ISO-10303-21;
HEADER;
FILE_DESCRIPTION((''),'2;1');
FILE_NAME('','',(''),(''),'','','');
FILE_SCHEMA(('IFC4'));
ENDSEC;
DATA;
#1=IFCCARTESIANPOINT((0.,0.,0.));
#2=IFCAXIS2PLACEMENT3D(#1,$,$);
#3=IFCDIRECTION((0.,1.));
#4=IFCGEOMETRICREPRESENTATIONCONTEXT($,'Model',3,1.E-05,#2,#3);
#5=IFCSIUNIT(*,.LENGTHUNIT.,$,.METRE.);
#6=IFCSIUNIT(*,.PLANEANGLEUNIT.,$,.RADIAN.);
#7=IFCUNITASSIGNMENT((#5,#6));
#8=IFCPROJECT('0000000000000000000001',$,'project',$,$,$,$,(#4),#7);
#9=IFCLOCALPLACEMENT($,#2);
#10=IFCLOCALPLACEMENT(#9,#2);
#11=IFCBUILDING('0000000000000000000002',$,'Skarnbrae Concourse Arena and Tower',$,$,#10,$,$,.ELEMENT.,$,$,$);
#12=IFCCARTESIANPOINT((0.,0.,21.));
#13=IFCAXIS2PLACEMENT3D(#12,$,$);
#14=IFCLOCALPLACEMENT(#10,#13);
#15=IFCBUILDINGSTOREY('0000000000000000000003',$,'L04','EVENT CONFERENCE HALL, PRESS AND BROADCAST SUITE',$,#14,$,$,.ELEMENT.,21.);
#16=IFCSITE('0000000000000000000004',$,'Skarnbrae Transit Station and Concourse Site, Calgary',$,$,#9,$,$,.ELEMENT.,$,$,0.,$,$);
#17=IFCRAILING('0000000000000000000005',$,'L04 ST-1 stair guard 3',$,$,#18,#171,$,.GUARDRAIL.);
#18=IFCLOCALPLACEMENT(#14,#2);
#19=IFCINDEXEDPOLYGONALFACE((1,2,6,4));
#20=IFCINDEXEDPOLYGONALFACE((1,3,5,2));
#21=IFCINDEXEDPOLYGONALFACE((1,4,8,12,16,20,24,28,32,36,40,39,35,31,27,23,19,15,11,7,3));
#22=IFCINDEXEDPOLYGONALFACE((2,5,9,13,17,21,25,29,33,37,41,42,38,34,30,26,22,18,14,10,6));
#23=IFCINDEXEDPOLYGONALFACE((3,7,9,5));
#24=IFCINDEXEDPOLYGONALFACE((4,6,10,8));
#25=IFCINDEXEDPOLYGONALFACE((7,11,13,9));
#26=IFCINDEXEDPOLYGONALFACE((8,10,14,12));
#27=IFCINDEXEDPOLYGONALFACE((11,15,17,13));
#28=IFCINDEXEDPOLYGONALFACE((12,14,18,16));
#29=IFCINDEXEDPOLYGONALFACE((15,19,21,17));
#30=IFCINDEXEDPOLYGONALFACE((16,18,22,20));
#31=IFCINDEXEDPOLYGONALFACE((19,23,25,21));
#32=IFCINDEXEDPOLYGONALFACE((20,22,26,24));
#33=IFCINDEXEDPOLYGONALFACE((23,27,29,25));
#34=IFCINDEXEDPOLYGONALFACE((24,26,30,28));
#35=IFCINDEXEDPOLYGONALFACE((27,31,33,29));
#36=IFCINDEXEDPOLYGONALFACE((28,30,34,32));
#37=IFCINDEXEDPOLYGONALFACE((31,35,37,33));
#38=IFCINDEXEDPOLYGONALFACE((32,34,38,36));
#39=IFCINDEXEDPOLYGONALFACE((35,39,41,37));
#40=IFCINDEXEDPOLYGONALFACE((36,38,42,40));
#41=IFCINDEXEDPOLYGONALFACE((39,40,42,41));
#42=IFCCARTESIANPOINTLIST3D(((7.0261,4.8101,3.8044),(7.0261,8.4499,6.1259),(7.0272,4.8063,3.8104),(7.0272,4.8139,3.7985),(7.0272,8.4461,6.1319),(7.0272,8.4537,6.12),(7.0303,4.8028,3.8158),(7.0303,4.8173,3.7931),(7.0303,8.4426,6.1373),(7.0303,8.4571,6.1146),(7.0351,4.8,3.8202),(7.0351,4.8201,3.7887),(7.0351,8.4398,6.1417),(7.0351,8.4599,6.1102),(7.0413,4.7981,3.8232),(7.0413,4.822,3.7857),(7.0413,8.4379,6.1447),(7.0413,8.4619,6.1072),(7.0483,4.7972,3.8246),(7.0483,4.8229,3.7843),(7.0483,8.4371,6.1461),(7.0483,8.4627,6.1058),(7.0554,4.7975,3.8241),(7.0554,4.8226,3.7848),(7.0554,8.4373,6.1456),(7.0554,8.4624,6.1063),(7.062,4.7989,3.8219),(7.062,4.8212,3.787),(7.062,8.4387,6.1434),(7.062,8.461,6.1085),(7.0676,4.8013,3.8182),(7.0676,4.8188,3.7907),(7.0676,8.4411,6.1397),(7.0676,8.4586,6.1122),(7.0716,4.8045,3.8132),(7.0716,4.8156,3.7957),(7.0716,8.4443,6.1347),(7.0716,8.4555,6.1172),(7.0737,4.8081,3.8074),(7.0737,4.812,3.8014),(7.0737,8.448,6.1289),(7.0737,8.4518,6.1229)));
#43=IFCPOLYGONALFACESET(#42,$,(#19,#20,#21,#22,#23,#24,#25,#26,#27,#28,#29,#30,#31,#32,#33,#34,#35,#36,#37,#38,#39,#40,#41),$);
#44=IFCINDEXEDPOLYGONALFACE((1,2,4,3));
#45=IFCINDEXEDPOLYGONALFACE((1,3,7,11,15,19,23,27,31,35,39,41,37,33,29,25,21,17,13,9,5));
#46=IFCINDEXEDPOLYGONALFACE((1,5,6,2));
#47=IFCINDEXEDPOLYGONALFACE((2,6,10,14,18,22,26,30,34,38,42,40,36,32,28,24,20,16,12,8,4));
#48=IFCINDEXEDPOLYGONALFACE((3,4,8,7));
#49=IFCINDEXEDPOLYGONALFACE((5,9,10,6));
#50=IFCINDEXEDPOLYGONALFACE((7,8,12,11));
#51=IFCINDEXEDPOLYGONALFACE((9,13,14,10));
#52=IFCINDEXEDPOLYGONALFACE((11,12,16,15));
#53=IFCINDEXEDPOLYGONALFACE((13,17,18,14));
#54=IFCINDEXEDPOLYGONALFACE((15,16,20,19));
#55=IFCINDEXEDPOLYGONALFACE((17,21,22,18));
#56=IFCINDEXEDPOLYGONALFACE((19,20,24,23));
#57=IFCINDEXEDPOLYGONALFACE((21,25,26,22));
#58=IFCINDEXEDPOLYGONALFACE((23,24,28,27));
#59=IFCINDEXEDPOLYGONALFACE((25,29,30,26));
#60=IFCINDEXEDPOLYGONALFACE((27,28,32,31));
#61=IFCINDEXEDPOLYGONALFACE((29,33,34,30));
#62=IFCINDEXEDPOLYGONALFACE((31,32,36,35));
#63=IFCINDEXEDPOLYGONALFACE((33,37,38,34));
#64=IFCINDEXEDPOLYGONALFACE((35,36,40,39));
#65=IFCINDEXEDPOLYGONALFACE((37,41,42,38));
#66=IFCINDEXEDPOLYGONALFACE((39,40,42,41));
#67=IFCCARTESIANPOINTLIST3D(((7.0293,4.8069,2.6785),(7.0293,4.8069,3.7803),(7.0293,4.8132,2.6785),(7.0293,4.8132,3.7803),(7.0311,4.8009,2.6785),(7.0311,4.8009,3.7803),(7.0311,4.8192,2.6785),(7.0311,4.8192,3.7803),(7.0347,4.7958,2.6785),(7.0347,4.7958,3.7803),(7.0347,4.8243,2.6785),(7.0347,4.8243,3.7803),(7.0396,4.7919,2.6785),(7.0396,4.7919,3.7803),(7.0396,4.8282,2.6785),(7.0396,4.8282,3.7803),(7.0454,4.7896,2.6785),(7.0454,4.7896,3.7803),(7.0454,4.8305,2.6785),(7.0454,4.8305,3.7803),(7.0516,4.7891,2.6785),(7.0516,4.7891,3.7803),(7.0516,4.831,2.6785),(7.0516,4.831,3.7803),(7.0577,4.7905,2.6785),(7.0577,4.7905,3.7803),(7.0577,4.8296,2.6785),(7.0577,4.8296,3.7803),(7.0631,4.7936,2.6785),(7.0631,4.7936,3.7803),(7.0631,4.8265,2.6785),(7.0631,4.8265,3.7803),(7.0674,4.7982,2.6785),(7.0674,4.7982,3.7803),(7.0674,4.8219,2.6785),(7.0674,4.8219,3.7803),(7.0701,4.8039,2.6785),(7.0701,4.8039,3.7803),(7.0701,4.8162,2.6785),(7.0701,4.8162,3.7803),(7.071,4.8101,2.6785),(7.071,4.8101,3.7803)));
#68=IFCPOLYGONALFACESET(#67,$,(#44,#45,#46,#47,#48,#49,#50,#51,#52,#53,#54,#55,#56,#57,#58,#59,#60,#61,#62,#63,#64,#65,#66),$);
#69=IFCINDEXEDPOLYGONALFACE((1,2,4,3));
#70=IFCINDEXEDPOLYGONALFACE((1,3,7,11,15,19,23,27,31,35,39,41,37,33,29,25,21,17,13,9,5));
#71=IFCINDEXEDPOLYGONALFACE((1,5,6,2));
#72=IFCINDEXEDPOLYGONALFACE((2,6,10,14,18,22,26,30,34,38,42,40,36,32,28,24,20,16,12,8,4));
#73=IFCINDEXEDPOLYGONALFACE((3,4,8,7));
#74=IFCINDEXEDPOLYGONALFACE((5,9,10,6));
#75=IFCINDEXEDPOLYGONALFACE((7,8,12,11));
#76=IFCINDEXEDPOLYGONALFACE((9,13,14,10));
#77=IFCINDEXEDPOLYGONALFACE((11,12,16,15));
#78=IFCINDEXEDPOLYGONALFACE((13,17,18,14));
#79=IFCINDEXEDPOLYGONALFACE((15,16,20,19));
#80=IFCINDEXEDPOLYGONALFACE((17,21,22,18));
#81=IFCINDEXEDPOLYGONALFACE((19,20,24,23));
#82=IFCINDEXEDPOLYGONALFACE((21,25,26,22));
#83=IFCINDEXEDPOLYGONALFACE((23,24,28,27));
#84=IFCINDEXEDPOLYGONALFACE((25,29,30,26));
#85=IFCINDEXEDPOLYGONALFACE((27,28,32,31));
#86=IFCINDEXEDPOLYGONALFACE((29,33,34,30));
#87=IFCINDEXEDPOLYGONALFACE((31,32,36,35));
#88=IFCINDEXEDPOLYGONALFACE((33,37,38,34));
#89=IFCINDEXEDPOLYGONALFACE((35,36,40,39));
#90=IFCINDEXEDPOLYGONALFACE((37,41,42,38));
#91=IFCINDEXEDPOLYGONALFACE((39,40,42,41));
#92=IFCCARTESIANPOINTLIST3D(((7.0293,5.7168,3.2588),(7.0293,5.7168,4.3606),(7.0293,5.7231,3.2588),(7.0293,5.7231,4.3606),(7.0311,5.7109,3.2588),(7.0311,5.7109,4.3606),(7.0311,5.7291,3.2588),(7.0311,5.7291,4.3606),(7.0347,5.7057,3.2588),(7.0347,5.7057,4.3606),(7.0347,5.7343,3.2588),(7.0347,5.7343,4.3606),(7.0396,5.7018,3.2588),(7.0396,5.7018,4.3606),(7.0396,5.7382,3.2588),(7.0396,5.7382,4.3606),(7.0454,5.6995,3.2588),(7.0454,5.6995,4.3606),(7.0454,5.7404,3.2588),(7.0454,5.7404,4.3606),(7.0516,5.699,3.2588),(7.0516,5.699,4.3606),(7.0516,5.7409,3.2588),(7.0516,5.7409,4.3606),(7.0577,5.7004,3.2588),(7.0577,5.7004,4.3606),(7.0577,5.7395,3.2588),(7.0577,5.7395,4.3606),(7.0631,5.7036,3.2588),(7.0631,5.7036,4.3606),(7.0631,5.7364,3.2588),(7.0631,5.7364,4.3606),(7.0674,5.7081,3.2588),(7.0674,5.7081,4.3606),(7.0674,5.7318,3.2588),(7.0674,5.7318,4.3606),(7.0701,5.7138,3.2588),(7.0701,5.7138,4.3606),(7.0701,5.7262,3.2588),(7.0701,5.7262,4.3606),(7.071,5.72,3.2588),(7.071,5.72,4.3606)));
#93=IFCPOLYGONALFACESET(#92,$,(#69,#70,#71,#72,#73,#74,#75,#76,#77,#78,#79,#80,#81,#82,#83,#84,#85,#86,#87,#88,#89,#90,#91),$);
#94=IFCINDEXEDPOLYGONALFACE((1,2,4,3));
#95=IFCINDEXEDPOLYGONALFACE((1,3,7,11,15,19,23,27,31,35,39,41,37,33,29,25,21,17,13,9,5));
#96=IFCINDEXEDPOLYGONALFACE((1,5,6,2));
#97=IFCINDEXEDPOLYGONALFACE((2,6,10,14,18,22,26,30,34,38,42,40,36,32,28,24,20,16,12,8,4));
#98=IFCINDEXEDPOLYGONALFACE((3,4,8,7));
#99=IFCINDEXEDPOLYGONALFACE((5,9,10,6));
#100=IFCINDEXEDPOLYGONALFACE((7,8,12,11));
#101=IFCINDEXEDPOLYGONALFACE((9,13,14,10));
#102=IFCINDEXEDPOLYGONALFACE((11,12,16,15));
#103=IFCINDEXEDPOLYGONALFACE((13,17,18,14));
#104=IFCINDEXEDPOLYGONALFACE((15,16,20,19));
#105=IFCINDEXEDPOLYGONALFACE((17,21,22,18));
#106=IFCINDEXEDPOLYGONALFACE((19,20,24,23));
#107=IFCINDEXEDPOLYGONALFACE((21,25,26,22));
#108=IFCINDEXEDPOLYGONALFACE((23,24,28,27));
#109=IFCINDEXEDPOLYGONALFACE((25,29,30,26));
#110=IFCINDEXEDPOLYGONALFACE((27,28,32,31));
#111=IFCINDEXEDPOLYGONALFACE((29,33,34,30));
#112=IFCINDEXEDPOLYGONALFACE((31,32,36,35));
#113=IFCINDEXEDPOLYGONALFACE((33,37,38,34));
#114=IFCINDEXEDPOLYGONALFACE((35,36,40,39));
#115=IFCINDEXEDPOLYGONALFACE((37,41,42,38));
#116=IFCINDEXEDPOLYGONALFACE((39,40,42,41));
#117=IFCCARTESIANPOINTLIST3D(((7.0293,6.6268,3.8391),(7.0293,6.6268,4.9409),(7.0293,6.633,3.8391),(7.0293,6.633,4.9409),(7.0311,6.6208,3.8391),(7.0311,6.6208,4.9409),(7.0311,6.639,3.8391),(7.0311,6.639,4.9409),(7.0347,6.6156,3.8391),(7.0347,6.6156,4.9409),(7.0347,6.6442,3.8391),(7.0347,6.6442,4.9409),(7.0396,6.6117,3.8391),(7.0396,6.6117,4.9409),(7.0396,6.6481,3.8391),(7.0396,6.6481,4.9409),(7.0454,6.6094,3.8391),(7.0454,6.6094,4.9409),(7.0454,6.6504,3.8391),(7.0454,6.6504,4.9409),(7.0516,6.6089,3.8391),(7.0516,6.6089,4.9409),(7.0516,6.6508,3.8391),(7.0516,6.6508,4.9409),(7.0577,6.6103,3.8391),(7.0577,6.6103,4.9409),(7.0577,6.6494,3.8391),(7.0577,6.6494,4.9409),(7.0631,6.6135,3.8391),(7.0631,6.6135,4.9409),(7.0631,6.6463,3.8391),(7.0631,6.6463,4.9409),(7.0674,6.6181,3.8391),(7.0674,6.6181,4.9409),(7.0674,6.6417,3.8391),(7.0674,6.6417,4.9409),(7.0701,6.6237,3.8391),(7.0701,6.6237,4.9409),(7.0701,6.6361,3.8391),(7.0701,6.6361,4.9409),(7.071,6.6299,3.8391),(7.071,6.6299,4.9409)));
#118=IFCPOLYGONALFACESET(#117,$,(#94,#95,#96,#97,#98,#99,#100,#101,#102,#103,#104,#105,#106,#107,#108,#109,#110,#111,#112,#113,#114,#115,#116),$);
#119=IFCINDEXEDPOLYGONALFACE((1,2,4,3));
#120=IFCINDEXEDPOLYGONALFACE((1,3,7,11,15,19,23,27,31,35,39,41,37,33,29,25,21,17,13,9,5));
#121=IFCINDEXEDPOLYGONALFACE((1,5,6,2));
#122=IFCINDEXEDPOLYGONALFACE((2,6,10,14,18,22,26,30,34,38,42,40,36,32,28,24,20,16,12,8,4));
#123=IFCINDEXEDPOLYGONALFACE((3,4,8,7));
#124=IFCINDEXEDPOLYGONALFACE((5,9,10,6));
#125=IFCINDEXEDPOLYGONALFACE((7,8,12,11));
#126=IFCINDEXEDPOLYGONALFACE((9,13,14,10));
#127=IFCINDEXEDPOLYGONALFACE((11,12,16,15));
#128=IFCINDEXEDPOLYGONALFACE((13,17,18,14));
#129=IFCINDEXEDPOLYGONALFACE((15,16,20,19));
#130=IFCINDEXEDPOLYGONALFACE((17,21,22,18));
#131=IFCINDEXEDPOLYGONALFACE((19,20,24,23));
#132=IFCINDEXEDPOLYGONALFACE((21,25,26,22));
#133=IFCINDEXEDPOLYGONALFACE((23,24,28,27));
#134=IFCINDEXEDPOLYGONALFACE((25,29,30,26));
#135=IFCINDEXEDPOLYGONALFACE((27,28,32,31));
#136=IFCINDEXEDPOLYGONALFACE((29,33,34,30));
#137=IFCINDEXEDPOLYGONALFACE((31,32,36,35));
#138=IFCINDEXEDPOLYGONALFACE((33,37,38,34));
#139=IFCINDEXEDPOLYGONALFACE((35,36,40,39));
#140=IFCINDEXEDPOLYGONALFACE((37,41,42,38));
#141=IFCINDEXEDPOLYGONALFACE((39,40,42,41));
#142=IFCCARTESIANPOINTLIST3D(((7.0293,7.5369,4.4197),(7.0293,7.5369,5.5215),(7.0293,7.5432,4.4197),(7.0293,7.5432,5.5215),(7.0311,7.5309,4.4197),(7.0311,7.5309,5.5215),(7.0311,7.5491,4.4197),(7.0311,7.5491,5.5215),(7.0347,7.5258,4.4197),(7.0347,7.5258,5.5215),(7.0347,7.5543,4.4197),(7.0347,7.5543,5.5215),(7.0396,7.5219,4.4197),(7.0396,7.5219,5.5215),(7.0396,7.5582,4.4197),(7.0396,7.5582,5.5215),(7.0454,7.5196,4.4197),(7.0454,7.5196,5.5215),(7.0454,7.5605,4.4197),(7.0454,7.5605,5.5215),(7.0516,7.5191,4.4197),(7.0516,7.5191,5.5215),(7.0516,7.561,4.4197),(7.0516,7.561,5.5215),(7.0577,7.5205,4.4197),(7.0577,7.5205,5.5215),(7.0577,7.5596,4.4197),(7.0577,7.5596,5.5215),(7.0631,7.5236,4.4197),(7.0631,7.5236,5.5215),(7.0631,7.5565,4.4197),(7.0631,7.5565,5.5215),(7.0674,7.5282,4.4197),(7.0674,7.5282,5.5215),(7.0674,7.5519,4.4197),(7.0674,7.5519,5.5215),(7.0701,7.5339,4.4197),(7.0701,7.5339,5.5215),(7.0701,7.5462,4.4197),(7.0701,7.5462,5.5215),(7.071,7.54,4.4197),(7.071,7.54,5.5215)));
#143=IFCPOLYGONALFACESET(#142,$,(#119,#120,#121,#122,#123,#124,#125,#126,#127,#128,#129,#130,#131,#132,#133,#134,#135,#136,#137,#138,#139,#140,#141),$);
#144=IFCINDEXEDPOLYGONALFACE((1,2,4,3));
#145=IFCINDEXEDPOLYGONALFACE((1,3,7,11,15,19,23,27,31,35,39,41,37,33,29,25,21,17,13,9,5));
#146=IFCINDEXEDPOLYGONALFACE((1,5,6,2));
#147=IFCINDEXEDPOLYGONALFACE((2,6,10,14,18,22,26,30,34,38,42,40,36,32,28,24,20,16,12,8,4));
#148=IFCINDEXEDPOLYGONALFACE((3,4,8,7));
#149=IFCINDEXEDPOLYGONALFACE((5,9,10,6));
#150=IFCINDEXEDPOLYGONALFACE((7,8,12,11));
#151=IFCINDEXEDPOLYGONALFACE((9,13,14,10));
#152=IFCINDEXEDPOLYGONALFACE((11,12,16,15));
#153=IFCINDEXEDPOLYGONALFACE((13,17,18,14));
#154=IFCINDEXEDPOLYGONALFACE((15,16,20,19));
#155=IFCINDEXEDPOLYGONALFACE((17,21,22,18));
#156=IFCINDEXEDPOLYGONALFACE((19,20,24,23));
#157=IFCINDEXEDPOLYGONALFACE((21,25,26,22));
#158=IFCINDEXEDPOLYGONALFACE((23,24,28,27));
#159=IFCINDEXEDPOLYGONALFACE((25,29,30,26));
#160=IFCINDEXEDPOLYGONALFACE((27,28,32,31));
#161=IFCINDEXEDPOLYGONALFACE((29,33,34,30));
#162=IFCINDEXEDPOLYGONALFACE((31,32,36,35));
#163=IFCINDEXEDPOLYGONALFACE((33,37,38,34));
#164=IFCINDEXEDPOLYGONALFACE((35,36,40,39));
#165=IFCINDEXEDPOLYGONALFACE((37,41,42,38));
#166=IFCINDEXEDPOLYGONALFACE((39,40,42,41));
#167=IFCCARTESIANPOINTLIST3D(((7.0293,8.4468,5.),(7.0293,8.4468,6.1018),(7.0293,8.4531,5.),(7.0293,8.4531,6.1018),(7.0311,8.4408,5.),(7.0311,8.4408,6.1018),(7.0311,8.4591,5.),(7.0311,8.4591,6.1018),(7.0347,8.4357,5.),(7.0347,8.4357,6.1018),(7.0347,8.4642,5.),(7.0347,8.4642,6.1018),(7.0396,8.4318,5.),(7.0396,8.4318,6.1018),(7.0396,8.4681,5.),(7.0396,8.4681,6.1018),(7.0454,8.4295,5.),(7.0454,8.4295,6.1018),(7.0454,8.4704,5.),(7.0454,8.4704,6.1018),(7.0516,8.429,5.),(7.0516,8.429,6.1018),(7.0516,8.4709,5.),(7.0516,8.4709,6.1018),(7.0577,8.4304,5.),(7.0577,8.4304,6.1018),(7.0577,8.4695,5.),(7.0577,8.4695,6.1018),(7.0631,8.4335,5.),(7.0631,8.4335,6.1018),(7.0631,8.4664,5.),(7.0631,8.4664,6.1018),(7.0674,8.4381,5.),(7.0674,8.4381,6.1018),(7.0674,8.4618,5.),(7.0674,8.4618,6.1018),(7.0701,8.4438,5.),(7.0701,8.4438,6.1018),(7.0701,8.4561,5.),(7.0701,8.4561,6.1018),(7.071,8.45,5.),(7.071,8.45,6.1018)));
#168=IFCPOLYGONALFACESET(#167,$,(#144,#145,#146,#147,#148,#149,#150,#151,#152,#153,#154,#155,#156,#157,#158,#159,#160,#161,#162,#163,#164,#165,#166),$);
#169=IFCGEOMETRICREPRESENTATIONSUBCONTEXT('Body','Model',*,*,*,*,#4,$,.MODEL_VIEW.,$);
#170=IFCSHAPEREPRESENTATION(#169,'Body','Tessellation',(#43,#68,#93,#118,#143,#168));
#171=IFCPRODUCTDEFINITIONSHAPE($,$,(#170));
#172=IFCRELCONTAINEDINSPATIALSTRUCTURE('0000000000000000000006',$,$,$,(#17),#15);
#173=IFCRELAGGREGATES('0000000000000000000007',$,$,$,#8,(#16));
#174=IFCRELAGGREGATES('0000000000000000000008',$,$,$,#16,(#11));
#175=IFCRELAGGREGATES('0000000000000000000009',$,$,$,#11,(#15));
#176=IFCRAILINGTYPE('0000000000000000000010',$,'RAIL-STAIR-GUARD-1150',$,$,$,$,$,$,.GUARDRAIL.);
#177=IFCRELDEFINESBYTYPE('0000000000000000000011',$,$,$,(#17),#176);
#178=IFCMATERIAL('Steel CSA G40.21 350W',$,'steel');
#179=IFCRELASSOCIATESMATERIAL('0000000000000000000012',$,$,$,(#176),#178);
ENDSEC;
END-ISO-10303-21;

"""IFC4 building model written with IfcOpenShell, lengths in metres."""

from ifc_helpers import new_model, si_unit, direction, frame, origin, origin_2d, place, context, subcontext, project, spatial, circle, extrude, material, type_object, element, save


model = new_model("IFC4")

# Units and contexts
model_context = context("Model", 3, precision=1e-05, world=origin(), true_north=direction((0.0, 1.0)))
body_context = subcontext(model_context, "Body", "Model", "MODEL_VIEW")
ifc_project = project(units=[si_unit("LENGTHUNIT", "METRE"), si_unit("PLANEANGLEUNIT", "RADIAN")], contexts=[model_context])

# Site, building, storey
site_placement = place(None, origin())
site = spatial("IfcSite", under=ifc_project, at=site_placement, Name="Skarnbrae Transit Station and Concourse Site, Calgary", CompositionType="ELEMENT", RefElevation=0.0)
building_placement = place(site_placement, origin())
building = spatial("IfcBuilding", under=site, at=building_placement, Name="Skarnbrae Concourse Arena and Tower", CompositionType="ELEMENT")
storey_placement = place(building_placement, frame((0.0, 0.0, 21.0)))
storey = spatial("IfcBuildingStorey", under=building, at=storey_placement, Name="L04", Description="EVENT CONFERENCE HALL, PRESS AND BROADCAST SUITE", CompositionType="ELEMENT", Elevation=21.0)

# Shared definitions
ifc_material_1 = material(Name="Steel CSA G40.21 350W", Category="steel")

# Railing
railing_type_1 = type_object("IfcRailingType", Name="RAIL-STAIR-GUARD-1150", PredefinedType="GUARDRAIL", material=ifc_material_1)
railing_1_placement = place(storey_placement, frame((7.05, 4.8101, 2.6785)))
element("IfcRailing", 1, at=railing_1_placement, inside=storey, type_object=railing_type_1, Name="L04 ST-1 stair guard 3", PredefinedType="GUARDRAIL", context=body_context, shape_type="SweptSolid", body=[
    extrude(circle(Radius=0.0239, at=origin_2d()), frame((0.0, 0.0, 1.126), z_axis=(0.0, 0.843112, 0.537739), x_axis=(-1.0, 0.0, 0.0)), (0.0, 0.0, 1.0), 4.3171),
    extrude(circle(Radius=0.021, at=origin_2d()), origin(), (0.0, 0.0, 1.0), 1.1018),
    extrude(circle(Radius=0.021, at=origin_2d()), frame((0.0, 0.9099, 0.5803)), (0.0, 0.0, 1.0), 1.1018),
    extrude(circle(Radius=0.021, at=origin_2d()), frame((0.0, 1.8198, 1.1606)), (0.0, 0.0, 1.0), 1.1018),
    extrude(circle(Radius=0.021, at=origin_2d()), frame((0.0, 2.73, 1.7412)), (0.0, 0.0, 1.0), 1.1018),
    extrude(circle(Radius=0.021, at=origin_2d()), frame((0.0, 3.6399, 2.3215)), (0.0, 0.0, 1.0), 1.1018),
])

save(model, "model.ifc")
